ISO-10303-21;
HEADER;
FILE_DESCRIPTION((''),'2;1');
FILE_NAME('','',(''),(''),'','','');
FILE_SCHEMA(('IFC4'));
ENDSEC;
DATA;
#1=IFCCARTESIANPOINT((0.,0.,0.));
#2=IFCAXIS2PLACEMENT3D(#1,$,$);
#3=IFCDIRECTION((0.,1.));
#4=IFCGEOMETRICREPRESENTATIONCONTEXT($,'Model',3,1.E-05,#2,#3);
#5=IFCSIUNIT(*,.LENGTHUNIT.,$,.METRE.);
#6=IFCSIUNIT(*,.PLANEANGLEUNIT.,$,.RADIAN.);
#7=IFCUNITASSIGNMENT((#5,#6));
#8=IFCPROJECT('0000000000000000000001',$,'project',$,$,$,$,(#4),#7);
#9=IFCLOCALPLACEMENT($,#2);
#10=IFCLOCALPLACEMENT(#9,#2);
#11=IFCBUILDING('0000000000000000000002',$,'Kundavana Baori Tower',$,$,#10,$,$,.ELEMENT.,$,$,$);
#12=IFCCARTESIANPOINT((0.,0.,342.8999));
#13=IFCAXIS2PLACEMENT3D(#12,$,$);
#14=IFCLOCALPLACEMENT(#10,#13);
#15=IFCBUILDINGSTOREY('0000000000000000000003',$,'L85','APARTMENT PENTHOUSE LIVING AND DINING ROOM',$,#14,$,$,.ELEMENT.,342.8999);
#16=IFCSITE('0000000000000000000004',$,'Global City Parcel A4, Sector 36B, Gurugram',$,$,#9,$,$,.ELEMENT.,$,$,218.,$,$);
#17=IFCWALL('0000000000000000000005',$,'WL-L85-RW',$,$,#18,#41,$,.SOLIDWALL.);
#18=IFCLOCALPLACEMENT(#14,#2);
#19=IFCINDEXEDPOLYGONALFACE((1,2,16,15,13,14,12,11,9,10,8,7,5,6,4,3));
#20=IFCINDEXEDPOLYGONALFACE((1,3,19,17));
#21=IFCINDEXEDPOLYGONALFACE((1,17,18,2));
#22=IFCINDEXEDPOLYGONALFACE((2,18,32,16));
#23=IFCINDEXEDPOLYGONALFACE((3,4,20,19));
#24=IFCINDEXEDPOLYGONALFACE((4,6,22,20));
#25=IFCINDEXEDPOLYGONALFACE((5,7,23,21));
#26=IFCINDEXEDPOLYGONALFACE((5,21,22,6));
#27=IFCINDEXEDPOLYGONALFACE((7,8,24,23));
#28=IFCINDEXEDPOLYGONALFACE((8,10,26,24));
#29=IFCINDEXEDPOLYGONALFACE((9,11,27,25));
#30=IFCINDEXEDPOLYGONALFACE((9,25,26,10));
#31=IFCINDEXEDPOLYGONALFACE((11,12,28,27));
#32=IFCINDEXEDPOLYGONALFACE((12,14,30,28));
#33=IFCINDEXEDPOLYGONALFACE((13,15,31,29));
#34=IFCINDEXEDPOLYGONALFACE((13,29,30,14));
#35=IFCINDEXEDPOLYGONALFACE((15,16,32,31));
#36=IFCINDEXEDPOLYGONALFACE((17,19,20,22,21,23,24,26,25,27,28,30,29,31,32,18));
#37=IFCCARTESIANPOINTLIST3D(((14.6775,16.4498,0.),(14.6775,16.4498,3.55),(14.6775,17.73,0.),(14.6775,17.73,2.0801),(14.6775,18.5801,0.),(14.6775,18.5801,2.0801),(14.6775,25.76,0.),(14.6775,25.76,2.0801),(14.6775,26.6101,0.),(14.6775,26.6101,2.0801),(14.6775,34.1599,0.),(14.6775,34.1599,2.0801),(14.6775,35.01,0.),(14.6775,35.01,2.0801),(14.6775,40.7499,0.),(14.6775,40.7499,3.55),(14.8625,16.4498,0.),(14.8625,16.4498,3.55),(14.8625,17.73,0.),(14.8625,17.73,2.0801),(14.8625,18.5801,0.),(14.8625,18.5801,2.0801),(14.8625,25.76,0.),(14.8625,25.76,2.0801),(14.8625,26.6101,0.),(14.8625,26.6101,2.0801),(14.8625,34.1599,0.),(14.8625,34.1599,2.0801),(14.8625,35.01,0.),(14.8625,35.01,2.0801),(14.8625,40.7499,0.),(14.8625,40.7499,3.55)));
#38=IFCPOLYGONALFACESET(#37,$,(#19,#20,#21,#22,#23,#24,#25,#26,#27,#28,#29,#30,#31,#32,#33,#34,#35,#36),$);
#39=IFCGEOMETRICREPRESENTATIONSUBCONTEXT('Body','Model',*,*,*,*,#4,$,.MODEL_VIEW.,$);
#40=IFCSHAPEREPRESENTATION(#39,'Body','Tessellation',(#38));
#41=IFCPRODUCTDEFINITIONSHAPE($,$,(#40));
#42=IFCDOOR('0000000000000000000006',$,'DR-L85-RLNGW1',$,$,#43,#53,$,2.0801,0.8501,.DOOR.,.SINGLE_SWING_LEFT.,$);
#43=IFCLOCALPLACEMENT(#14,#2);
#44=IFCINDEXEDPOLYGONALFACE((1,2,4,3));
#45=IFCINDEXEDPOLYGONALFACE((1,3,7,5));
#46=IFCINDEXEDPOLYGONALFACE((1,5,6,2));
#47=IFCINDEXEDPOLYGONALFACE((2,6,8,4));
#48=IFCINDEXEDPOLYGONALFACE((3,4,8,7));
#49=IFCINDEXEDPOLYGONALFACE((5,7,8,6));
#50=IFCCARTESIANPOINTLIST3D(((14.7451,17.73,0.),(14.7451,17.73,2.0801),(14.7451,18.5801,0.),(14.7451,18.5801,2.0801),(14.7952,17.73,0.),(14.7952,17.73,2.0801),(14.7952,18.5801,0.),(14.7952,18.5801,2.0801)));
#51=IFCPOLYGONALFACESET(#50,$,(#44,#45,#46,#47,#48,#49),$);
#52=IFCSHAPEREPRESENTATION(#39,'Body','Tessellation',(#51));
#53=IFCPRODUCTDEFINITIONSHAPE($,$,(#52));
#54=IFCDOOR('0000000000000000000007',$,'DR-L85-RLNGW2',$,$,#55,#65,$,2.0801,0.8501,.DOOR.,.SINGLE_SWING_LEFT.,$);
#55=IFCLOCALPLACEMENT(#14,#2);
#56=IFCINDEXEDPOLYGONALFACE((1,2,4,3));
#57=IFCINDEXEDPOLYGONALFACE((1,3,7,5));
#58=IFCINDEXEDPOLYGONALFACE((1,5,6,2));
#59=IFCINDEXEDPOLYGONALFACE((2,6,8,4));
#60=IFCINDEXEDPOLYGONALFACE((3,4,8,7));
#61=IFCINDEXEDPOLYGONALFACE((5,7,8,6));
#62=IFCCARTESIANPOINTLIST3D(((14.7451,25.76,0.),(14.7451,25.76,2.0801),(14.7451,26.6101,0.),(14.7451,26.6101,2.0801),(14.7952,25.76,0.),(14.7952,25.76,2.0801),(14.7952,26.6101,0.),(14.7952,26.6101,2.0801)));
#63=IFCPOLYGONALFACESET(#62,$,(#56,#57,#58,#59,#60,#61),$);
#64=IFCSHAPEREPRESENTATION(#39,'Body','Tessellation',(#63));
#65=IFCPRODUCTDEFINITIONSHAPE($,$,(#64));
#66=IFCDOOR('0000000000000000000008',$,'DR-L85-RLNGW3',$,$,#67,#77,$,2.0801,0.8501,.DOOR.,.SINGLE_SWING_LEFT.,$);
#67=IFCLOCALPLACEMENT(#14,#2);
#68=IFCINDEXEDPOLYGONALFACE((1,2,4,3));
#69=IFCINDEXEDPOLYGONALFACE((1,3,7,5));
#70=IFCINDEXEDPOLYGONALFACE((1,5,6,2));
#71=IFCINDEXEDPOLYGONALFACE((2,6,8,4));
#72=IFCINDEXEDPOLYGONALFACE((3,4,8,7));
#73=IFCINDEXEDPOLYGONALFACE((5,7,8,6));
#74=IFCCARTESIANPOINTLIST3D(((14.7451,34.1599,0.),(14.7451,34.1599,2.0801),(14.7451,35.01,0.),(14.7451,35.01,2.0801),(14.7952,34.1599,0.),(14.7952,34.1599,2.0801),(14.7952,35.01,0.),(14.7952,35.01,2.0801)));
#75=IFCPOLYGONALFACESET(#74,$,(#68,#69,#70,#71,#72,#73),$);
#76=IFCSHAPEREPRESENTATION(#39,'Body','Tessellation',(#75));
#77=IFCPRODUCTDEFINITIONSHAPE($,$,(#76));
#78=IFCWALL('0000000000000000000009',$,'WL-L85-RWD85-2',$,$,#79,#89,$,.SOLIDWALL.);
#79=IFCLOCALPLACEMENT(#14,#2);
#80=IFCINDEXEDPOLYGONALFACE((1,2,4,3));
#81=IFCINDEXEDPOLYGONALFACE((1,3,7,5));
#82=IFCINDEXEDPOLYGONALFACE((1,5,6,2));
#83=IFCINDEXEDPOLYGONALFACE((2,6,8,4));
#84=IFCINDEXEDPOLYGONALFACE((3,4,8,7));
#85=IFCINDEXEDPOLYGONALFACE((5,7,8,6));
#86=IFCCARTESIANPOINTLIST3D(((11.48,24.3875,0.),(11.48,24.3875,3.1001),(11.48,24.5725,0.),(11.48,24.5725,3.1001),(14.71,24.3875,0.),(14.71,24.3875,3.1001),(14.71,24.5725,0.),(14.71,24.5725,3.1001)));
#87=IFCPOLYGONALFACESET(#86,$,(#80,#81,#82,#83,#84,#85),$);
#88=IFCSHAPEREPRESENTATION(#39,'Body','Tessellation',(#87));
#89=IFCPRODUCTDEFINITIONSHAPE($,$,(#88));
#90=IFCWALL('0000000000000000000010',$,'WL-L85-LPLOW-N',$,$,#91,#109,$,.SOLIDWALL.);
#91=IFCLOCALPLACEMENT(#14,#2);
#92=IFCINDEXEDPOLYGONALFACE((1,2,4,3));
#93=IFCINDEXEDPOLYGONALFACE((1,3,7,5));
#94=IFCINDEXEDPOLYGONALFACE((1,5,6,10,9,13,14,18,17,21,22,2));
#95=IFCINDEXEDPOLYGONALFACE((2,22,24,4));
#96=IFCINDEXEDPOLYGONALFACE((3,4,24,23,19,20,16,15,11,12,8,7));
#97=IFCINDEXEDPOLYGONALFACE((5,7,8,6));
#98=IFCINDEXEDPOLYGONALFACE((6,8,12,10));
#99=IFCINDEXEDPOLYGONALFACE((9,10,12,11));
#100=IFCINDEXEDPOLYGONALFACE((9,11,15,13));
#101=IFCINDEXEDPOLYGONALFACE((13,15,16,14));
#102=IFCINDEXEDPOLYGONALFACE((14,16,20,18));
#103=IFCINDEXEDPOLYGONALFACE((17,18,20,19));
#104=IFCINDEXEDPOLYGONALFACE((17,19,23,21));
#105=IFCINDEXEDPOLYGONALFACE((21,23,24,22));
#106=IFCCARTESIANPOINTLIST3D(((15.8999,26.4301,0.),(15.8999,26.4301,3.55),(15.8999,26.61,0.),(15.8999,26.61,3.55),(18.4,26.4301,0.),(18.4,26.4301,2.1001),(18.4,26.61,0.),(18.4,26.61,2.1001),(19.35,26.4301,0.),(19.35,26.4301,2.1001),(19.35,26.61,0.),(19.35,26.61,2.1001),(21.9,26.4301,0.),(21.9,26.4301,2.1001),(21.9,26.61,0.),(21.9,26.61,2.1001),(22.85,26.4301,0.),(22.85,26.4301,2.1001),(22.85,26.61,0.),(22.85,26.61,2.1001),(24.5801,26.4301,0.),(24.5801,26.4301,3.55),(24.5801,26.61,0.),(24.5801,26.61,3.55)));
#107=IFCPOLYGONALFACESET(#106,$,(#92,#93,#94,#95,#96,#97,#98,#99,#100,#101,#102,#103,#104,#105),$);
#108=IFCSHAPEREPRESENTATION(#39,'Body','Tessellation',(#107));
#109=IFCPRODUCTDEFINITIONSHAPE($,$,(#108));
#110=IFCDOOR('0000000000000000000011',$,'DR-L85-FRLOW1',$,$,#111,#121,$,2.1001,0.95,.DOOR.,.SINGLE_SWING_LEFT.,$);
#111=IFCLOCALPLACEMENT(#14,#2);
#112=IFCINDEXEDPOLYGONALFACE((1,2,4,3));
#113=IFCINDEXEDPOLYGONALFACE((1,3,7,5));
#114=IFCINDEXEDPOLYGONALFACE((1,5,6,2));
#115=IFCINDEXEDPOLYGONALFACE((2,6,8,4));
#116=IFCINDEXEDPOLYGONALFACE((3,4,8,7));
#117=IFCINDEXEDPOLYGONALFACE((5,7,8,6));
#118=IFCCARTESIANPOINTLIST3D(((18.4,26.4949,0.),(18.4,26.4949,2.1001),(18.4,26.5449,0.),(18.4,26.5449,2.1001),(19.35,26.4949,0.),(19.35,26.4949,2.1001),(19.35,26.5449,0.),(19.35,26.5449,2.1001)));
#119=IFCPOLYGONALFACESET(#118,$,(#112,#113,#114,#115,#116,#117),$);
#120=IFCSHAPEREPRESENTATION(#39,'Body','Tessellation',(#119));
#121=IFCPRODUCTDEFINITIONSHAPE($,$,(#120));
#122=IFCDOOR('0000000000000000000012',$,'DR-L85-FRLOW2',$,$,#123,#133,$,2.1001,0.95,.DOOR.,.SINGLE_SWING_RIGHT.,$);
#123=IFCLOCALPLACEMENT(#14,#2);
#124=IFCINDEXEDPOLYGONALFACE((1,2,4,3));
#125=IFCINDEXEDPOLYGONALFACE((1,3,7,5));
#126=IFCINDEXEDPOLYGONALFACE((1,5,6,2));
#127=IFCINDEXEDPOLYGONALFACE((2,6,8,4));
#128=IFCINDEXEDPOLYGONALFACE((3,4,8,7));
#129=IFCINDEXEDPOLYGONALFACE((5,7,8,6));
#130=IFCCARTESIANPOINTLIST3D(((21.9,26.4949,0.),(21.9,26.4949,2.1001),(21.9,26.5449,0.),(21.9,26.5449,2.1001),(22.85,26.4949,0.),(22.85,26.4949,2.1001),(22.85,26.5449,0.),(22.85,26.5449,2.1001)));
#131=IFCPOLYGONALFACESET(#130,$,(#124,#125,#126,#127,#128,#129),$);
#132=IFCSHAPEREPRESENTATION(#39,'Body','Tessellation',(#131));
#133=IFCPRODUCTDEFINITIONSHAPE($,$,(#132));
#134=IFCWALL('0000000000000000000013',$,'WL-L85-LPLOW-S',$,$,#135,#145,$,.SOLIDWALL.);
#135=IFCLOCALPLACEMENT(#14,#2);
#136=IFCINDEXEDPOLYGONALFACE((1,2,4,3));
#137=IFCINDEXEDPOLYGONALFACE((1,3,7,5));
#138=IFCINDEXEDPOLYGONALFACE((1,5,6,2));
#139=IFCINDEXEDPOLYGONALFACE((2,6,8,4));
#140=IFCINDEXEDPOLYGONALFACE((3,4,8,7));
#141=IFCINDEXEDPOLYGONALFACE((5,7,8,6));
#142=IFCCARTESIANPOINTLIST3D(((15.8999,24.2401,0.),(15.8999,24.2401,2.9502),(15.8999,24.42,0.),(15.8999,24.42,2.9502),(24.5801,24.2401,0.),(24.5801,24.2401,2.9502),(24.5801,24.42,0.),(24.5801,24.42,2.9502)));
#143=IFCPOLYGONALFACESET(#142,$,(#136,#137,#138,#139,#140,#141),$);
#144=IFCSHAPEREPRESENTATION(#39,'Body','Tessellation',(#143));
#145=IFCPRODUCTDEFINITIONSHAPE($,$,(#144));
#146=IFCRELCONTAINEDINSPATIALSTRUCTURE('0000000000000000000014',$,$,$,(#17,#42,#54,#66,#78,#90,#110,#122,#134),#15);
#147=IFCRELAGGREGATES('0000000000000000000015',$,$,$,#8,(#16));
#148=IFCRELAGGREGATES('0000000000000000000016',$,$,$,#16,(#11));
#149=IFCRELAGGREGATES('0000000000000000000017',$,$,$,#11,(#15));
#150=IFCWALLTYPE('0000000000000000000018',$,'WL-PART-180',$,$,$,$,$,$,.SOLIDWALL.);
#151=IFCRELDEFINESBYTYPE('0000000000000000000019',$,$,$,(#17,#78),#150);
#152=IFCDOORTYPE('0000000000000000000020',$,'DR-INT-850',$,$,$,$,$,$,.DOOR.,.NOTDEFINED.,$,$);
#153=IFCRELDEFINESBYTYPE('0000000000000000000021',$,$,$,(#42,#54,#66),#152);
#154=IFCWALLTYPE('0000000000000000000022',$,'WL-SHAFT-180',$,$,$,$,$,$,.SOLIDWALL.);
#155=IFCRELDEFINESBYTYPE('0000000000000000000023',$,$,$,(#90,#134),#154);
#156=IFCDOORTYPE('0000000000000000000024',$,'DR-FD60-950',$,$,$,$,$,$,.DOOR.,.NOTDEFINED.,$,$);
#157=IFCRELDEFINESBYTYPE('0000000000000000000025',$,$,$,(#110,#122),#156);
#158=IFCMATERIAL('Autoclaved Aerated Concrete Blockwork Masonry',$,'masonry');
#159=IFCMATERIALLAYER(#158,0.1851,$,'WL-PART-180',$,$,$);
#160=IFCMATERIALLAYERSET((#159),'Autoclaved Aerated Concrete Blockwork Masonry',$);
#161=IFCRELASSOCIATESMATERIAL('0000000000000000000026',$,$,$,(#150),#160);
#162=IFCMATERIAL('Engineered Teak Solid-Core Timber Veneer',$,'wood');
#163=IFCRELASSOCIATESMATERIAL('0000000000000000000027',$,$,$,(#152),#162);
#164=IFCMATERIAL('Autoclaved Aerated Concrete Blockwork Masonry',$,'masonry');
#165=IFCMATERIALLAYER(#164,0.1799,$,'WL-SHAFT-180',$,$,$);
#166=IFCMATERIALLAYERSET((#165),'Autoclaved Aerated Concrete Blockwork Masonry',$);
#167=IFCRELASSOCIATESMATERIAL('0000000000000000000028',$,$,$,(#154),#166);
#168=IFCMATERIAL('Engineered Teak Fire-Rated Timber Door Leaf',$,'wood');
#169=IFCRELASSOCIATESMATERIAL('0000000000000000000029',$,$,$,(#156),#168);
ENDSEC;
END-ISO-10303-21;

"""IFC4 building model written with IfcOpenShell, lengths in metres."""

from ifc_helpers import new_model, si_unit, direction, frame, frame_2d, origin, place, context, subcontext, project, spatial, rectangle, extrude, material, layer, layer_set, type_object, element, fill, save


model = new_model("IFC4")

# Units and contexts
model_context = context("Model", 3, precision=1e-05, world=origin(), true_north=direction((0.0, 1.0)))
body_context = subcontext(model_context, "Body", "Model", "MODEL_VIEW")
ifc_project = project(units=[si_unit("LENGTHUNIT", "METRE"), si_unit("PLANEANGLEUNIT", "RADIAN")], contexts=[model_context])

# Site, building, storey
site_placement = place(None, origin())
site = spatial("IfcSite", under=ifc_project, at=site_placement, Name="Global City Parcel A4, Sector 36B, Gurugram", CompositionType="ELEMENT", RefElevation=218.0)
building_placement = place(site_placement, origin())
building = spatial("IfcBuilding", under=site, at=building_placement, Name="Kundavana Baori Tower", CompositionType="ELEMENT")
storey_placement = place(building_placement, frame((0.0, 0.0, 342.8999)))
storey = spatial("IfcBuildingStorey", under=building, at=storey_placement, Name="L85", Description="APARTMENT PENTHOUSE LIVING AND DINING ROOM", CompositionType="ELEMENT", Elevation=342.8999)

# Wall, openings, doors
ifc_material_1 = material(Name="Autoclaved Aerated Concrete Blockwork Masonry", Category="masonry")
ifc_layer_1 = layer(ifc_material_1, 0.1851, Name="WL-PART-180")
ifc_layer_set_1 = layer_set([ifc_layer_1], Name="Autoclaved Aerated Concrete Blockwork Masonry")
wall_type_1 = type_object("IfcWallType", Name="WL-PART-180", PredefinedType="SOLIDWALL", material=ifc_layer_set_1)
wall_1_placement = place(storey_placement, frame((14.77, 16.45, 0.0), z_axis=(0.0, 0.0, 1.0), x_axis=(0.0, 1.0, 0.0)))
wall_1 = element("IfcWall", 1, at=wall_1_placement, inside=storey, type_object=wall_type_1, Name="WL-L85-RW", PredefinedType="SOLIDWALL", context=body_context, shape_type="SweptSolid", body=[
    extrude(rectangle(XDim=24.3, YDim=0.1851, at=frame_2d((12.1499, 0.0))), origin(), (0.0, 0.0, 1.0), 3.55),
])
opening_1_placement = place(wall_1_placement, frame((1.28, 0.0, 0.0)))
opening_1 = element("IfcOpeningElement", 2, at=opening_1_placement, cuts=wall_1, PredefinedType="OPENING", context=body_context, shape_type="SweptSolid", body=[
    extrude(rectangle(XDim=0.8501, YDim=2.0801, at=frame_2d((0.425, 1.04))), frame((0.0, 0.1025, 0.0), z_axis=(0.0, -1.0, 0.0), x_axis=(1.0, 0.0, 0.0)), (0.0, 0.0, 1.0), 0.2051),
])
opening_2_placement = place(wall_1_placement, frame((9.3101, 0.0, 0.0)))
opening_2 = element("IfcOpeningElement", 3, at=opening_2_placement, cuts=wall_1, PredefinedType="OPENING", context=body_context, shape_type="SweptSolid", body=[
    extrude(rectangle(XDim=0.8501, YDim=2.0801, at=frame_2d((0.425, 1.04))), frame((0.0, 0.1025, 0.0), z_axis=(0.0, -1.0, 0.0), x_axis=(1.0, 0.0, 0.0)), (0.0, 0.0, 1.0), 0.2051),
])
opening_3_placement = place(wall_1_placement, frame((17.71, 0.0, 0.0)))
opening_3 = element("IfcOpeningElement", 4, at=opening_3_placement, cuts=wall_1, PredefinedType="OPENING", context=body_context, shape_type="SweptSolid", body=[
    extrude(rectangle(XDim=0.8501, YDim=2.0801, at=frame_2d((0.425, 1.04))), frame((0.0, 0.1025, 0.0), z_axis=(0.0, -1.0, 0.0), x_axis=(1.0, 0.0, 0.0)), (0.0, 0.0, 1.0), 0.2051),
])
ifc_material_2 = material(Name="Engineered Teak Solid-Core Timber Veneer", Category="wood")
door_type_1 = type_object("IfcDoorType", Name="DR-INT-850", OperationType="NOTDEFINED", PredefinedType="DOOR", material=ifc_material_2)
door_1_placement = place(opening_1_placement, origin())
door_1 = element("IfcDoor", 5, at=door_1_placement, inside=storey, type_object=door_type_1, Name="DR-L85-RLNGW1", OperationType="SINGLE_SWING_LEFT", OverallHeight=2.0801, OverallWidth=0.8501, PredefinedType="DOOR", context=body_context, shape_type="SweptSolid", body=[
    extrude(rectangle(XDim=0.8501, YDim=2.0801, at=frame_2d((0.425, 1.04))), frame((0.0, 0.0249, 0.0), z_axis=(0.0, -1.0, 0.0), x_axis=(1.0, 0.0, 0.0)), (0.0, 0.0, 1.0), 0.05),
])
fill(opening_1, door_1)
door_2_placement = place(opening_2_placement, origin())
door_2 = element("IfcDoor", 6, at=door_2_placement, inside=storey, type_object=door_type_1, Name="DR-L85-RLNGW2", OperationType="SINGLE_SWING_LEFT", OverallHeight=2.0801, OverallWidth=0.8501, PredefinedType="DOOR", context=body_context, shape_type="SweptSolid", body=[
    extrude(rectangle(XDim=0.8501, YDim=2.0801, at=frame_2d((0.425, 1.04))), frame((0.0, 0.0249, 0.0), z_axis=(0.0, -1.0, 0.0), x_axis=(1.0, 0.0, 0.0)), (0.0, 0.0, 1.0), 0.05),
])
fill(opening_2, door_2)
door_3_placement = place(opening_3_placement, origin())
door_3 = element("IfcDoor", 7, at=door_3_placement, inside=storey, type_object=door_type_1, Name="DR-L85-RLNGW3", OperationType="SINGLE_SWING_LEFT", OverallHeight=2.0801, OverallWidth=0.8501, PredefinedType="DOOR", context=body_context, shape_type="SweptSolid", body=[
    extrude(rectangle(XDim=0.8501, YDim=2.0801, at=frame_2d((0.425, 1.04))), frame((0.0, 0.0249, 0.0), z_axis=(0.0, -1.0, 0.0), x_axis=(1.0, 0.0, 0.0)), (0.0, 0.0, 1.0), 0.05),
])
fill(opening_3, door_3)

# Wall
wall_2_placement = place(storey_placement, frame((11.48, 24.48, 0.0), z_axis=(0.0, 0.0, 1.0), x_axis=(1.0, 0.0, 0.0)))
element("IfcWall", 8, at=wall_2_placement, inside=storey, type_object=wall_type_1, Name="WL-L85-RWD85-2", PredefinedType="SOLIDWALL", context=body_context, shape_type="SweptSolid", body=[
    extrude(rectangle(XDim=3.23, YDim=0.1851, at=frame_2d((1.615, 0.0))), origin(), (0.0, 0.0, 1.0), 3.1001),
])

# Wall, openings, doors
ifc_material_3 = material(Name="Autoclaved Aerated Concrete Blockwork Masonry", Category="masonry")
ifc_layer_2 = layer(ifc_material_3, 0.1799, Name="WL-SHAFT-180")
ifc_layer_set_2 = layer_set([ifc_layer_2], Name="Autoclaved Aerated Concrete Blockwork Masonry")
wall_type_2 = type_object("IfcWallType", Name="WL-SHAFT-180", PredefinedType="SOLIDWALL", material=ifc_layer_set_2)
wall_3_placement = place(storey_placement, frame((15.8999, 26.52, 0.0), z_axis=(0.0, 0.0, 1.0), x_axis=(1.0, 0.0, 0.0)))
wall_3 = element("IfcWall", 9, at=wall_3_placement, inside=storey, type_object=wall_type_2, Name="WL-L85-LPLOW-N", PredefinedType="SOLIDWALL", context=body_context, shape_type="SweptSolid", body=[
    extrude(rectangle(XDim=8.6802, YDim=0.1799, at=frame_2d((4.3401, 0.0))), origin(), (0.0, 0.0, 1.0), 3.55),
])
opening_4_placement = place(wall_3_placement, frame((2.5, 0.0, 0.0)))
opening_4 = element("IfcOpeningElement", 10, at=opening_4_placement, cuts=wall_3, PredefinedType="OPENING", context=body_context, shape_type="SweptSolid", body=[
    extrude(rectangle(XDim=0.95, YDim=2.1001, at=frame_2d((0.4751, 1.05))), frame((0.0, 0.1001, 0.0), z_axis=(0.0, -1.0, 0.0), x_axis=(1.0, 0.0, 0.0)), (0.0, 0.0, 1.0), 0.2),
])
opening_5_placement = place(wall_3_placement, frame((6.0, 0.0, 0.0)))
opening_5 = element("IfcOpeningElement", 11, at=opening_5_placement, cuts=wall_3, PredefinedType="OPENING", context=body_context, shape_type="SweptSolid", body=[
    extrude(rectangle(XDim=0.95, YDim=2.1001, at=frame_2d((0.4751, 1.05))), frame((0.0, 0.1001, 0.0), z_axis=(0.0, -1.0, 0.0), x_axis=(1.0, 0.0, 0.0)), (0.0, 0.0, 1.0), 0.2),
])
ifc_material_4 = material(Name="Engineered Teak Fire-Rated Timber Door Leaf", Category="wood")
door_type_2 = type_object("IfcDoorType", Name="DR-FD60-950", OperationType="NOTDEFINED", PredefinedType="DOOR", material=ifc_material_4)
door_4_placement = place(opening_4_placement, origin())
door_4 = element("IfcDoor", 12, at=door_4_placement, inside=storey, type_object=door_type_2, Name="DR-L85-FRLOW1", OperationType="SINGLE_SWING_LEFT", OverallHeight=2.1001, OverallWidth=0.95, PredefinedType="DOOR", context=body_context, shape_type="SweptSolid", body=[
    extrude(rectangle(XDim=0.95, YDim=2.1001, at=frame_2d((0.4751, 1.05))), frame((0.0, 0.0249, 0.0), z_axis=(0.0, -1.0, 0.0), x_axis=(1.0, 0.0, 0.0)), (0.0, 0.0, 1.0), 0.05),
])
fill(opening_4, door_4)
door_5_placement = place(opening_5_placement, origin())
door_5 = element("IfcDoor", 13, at=door_5_placement, inside=storey, type_object=door_type_2, Name="DR-L85-FRLOW2", OperationType="SINGLE_SWING_RIGHT", OverallHeight=2.1001, OverallWidth=0.95, PredefinedType="DOOR", context=body_context, shape_type="SweptSolid", body=[
    extrude(rectangle(XDim=0.95, YDim=2.1001, at=frame_2d((0.4751, 1.05))), frame((0.0, 0.0249, 0.0), z_axis=(0.0, -1.0, 0.0), x_axis=(1.0, 0.0, 0.0)), (0.0, 0.0, 1.0), 0.05),
])
fill(opening_5, door_5)

# Wall
wall_4_placement = place(storey_placement, frame((15.8999, 24.3301, 0.0), z_axis=(0.0, 0.0, 1.0), x_axis=(1.0, 0.0, 0.0)))
element("IfcWall", 14, at=wall_4_placement, inside=storey, type_object=wall_type_2, Name="WL-L85-LPLOW-S", PredefinedType="SOLIDWALL", context=body_context, shape_type="SweptSolid", body=[
    extrude(rectangle(XDim=8.6802, YDim=0.1799, at=frame_2d((4.3401, 0.0))), origin(), (0.0, 0.0, 1.0), 2.9502),
])

save(model, "model.ifc")
